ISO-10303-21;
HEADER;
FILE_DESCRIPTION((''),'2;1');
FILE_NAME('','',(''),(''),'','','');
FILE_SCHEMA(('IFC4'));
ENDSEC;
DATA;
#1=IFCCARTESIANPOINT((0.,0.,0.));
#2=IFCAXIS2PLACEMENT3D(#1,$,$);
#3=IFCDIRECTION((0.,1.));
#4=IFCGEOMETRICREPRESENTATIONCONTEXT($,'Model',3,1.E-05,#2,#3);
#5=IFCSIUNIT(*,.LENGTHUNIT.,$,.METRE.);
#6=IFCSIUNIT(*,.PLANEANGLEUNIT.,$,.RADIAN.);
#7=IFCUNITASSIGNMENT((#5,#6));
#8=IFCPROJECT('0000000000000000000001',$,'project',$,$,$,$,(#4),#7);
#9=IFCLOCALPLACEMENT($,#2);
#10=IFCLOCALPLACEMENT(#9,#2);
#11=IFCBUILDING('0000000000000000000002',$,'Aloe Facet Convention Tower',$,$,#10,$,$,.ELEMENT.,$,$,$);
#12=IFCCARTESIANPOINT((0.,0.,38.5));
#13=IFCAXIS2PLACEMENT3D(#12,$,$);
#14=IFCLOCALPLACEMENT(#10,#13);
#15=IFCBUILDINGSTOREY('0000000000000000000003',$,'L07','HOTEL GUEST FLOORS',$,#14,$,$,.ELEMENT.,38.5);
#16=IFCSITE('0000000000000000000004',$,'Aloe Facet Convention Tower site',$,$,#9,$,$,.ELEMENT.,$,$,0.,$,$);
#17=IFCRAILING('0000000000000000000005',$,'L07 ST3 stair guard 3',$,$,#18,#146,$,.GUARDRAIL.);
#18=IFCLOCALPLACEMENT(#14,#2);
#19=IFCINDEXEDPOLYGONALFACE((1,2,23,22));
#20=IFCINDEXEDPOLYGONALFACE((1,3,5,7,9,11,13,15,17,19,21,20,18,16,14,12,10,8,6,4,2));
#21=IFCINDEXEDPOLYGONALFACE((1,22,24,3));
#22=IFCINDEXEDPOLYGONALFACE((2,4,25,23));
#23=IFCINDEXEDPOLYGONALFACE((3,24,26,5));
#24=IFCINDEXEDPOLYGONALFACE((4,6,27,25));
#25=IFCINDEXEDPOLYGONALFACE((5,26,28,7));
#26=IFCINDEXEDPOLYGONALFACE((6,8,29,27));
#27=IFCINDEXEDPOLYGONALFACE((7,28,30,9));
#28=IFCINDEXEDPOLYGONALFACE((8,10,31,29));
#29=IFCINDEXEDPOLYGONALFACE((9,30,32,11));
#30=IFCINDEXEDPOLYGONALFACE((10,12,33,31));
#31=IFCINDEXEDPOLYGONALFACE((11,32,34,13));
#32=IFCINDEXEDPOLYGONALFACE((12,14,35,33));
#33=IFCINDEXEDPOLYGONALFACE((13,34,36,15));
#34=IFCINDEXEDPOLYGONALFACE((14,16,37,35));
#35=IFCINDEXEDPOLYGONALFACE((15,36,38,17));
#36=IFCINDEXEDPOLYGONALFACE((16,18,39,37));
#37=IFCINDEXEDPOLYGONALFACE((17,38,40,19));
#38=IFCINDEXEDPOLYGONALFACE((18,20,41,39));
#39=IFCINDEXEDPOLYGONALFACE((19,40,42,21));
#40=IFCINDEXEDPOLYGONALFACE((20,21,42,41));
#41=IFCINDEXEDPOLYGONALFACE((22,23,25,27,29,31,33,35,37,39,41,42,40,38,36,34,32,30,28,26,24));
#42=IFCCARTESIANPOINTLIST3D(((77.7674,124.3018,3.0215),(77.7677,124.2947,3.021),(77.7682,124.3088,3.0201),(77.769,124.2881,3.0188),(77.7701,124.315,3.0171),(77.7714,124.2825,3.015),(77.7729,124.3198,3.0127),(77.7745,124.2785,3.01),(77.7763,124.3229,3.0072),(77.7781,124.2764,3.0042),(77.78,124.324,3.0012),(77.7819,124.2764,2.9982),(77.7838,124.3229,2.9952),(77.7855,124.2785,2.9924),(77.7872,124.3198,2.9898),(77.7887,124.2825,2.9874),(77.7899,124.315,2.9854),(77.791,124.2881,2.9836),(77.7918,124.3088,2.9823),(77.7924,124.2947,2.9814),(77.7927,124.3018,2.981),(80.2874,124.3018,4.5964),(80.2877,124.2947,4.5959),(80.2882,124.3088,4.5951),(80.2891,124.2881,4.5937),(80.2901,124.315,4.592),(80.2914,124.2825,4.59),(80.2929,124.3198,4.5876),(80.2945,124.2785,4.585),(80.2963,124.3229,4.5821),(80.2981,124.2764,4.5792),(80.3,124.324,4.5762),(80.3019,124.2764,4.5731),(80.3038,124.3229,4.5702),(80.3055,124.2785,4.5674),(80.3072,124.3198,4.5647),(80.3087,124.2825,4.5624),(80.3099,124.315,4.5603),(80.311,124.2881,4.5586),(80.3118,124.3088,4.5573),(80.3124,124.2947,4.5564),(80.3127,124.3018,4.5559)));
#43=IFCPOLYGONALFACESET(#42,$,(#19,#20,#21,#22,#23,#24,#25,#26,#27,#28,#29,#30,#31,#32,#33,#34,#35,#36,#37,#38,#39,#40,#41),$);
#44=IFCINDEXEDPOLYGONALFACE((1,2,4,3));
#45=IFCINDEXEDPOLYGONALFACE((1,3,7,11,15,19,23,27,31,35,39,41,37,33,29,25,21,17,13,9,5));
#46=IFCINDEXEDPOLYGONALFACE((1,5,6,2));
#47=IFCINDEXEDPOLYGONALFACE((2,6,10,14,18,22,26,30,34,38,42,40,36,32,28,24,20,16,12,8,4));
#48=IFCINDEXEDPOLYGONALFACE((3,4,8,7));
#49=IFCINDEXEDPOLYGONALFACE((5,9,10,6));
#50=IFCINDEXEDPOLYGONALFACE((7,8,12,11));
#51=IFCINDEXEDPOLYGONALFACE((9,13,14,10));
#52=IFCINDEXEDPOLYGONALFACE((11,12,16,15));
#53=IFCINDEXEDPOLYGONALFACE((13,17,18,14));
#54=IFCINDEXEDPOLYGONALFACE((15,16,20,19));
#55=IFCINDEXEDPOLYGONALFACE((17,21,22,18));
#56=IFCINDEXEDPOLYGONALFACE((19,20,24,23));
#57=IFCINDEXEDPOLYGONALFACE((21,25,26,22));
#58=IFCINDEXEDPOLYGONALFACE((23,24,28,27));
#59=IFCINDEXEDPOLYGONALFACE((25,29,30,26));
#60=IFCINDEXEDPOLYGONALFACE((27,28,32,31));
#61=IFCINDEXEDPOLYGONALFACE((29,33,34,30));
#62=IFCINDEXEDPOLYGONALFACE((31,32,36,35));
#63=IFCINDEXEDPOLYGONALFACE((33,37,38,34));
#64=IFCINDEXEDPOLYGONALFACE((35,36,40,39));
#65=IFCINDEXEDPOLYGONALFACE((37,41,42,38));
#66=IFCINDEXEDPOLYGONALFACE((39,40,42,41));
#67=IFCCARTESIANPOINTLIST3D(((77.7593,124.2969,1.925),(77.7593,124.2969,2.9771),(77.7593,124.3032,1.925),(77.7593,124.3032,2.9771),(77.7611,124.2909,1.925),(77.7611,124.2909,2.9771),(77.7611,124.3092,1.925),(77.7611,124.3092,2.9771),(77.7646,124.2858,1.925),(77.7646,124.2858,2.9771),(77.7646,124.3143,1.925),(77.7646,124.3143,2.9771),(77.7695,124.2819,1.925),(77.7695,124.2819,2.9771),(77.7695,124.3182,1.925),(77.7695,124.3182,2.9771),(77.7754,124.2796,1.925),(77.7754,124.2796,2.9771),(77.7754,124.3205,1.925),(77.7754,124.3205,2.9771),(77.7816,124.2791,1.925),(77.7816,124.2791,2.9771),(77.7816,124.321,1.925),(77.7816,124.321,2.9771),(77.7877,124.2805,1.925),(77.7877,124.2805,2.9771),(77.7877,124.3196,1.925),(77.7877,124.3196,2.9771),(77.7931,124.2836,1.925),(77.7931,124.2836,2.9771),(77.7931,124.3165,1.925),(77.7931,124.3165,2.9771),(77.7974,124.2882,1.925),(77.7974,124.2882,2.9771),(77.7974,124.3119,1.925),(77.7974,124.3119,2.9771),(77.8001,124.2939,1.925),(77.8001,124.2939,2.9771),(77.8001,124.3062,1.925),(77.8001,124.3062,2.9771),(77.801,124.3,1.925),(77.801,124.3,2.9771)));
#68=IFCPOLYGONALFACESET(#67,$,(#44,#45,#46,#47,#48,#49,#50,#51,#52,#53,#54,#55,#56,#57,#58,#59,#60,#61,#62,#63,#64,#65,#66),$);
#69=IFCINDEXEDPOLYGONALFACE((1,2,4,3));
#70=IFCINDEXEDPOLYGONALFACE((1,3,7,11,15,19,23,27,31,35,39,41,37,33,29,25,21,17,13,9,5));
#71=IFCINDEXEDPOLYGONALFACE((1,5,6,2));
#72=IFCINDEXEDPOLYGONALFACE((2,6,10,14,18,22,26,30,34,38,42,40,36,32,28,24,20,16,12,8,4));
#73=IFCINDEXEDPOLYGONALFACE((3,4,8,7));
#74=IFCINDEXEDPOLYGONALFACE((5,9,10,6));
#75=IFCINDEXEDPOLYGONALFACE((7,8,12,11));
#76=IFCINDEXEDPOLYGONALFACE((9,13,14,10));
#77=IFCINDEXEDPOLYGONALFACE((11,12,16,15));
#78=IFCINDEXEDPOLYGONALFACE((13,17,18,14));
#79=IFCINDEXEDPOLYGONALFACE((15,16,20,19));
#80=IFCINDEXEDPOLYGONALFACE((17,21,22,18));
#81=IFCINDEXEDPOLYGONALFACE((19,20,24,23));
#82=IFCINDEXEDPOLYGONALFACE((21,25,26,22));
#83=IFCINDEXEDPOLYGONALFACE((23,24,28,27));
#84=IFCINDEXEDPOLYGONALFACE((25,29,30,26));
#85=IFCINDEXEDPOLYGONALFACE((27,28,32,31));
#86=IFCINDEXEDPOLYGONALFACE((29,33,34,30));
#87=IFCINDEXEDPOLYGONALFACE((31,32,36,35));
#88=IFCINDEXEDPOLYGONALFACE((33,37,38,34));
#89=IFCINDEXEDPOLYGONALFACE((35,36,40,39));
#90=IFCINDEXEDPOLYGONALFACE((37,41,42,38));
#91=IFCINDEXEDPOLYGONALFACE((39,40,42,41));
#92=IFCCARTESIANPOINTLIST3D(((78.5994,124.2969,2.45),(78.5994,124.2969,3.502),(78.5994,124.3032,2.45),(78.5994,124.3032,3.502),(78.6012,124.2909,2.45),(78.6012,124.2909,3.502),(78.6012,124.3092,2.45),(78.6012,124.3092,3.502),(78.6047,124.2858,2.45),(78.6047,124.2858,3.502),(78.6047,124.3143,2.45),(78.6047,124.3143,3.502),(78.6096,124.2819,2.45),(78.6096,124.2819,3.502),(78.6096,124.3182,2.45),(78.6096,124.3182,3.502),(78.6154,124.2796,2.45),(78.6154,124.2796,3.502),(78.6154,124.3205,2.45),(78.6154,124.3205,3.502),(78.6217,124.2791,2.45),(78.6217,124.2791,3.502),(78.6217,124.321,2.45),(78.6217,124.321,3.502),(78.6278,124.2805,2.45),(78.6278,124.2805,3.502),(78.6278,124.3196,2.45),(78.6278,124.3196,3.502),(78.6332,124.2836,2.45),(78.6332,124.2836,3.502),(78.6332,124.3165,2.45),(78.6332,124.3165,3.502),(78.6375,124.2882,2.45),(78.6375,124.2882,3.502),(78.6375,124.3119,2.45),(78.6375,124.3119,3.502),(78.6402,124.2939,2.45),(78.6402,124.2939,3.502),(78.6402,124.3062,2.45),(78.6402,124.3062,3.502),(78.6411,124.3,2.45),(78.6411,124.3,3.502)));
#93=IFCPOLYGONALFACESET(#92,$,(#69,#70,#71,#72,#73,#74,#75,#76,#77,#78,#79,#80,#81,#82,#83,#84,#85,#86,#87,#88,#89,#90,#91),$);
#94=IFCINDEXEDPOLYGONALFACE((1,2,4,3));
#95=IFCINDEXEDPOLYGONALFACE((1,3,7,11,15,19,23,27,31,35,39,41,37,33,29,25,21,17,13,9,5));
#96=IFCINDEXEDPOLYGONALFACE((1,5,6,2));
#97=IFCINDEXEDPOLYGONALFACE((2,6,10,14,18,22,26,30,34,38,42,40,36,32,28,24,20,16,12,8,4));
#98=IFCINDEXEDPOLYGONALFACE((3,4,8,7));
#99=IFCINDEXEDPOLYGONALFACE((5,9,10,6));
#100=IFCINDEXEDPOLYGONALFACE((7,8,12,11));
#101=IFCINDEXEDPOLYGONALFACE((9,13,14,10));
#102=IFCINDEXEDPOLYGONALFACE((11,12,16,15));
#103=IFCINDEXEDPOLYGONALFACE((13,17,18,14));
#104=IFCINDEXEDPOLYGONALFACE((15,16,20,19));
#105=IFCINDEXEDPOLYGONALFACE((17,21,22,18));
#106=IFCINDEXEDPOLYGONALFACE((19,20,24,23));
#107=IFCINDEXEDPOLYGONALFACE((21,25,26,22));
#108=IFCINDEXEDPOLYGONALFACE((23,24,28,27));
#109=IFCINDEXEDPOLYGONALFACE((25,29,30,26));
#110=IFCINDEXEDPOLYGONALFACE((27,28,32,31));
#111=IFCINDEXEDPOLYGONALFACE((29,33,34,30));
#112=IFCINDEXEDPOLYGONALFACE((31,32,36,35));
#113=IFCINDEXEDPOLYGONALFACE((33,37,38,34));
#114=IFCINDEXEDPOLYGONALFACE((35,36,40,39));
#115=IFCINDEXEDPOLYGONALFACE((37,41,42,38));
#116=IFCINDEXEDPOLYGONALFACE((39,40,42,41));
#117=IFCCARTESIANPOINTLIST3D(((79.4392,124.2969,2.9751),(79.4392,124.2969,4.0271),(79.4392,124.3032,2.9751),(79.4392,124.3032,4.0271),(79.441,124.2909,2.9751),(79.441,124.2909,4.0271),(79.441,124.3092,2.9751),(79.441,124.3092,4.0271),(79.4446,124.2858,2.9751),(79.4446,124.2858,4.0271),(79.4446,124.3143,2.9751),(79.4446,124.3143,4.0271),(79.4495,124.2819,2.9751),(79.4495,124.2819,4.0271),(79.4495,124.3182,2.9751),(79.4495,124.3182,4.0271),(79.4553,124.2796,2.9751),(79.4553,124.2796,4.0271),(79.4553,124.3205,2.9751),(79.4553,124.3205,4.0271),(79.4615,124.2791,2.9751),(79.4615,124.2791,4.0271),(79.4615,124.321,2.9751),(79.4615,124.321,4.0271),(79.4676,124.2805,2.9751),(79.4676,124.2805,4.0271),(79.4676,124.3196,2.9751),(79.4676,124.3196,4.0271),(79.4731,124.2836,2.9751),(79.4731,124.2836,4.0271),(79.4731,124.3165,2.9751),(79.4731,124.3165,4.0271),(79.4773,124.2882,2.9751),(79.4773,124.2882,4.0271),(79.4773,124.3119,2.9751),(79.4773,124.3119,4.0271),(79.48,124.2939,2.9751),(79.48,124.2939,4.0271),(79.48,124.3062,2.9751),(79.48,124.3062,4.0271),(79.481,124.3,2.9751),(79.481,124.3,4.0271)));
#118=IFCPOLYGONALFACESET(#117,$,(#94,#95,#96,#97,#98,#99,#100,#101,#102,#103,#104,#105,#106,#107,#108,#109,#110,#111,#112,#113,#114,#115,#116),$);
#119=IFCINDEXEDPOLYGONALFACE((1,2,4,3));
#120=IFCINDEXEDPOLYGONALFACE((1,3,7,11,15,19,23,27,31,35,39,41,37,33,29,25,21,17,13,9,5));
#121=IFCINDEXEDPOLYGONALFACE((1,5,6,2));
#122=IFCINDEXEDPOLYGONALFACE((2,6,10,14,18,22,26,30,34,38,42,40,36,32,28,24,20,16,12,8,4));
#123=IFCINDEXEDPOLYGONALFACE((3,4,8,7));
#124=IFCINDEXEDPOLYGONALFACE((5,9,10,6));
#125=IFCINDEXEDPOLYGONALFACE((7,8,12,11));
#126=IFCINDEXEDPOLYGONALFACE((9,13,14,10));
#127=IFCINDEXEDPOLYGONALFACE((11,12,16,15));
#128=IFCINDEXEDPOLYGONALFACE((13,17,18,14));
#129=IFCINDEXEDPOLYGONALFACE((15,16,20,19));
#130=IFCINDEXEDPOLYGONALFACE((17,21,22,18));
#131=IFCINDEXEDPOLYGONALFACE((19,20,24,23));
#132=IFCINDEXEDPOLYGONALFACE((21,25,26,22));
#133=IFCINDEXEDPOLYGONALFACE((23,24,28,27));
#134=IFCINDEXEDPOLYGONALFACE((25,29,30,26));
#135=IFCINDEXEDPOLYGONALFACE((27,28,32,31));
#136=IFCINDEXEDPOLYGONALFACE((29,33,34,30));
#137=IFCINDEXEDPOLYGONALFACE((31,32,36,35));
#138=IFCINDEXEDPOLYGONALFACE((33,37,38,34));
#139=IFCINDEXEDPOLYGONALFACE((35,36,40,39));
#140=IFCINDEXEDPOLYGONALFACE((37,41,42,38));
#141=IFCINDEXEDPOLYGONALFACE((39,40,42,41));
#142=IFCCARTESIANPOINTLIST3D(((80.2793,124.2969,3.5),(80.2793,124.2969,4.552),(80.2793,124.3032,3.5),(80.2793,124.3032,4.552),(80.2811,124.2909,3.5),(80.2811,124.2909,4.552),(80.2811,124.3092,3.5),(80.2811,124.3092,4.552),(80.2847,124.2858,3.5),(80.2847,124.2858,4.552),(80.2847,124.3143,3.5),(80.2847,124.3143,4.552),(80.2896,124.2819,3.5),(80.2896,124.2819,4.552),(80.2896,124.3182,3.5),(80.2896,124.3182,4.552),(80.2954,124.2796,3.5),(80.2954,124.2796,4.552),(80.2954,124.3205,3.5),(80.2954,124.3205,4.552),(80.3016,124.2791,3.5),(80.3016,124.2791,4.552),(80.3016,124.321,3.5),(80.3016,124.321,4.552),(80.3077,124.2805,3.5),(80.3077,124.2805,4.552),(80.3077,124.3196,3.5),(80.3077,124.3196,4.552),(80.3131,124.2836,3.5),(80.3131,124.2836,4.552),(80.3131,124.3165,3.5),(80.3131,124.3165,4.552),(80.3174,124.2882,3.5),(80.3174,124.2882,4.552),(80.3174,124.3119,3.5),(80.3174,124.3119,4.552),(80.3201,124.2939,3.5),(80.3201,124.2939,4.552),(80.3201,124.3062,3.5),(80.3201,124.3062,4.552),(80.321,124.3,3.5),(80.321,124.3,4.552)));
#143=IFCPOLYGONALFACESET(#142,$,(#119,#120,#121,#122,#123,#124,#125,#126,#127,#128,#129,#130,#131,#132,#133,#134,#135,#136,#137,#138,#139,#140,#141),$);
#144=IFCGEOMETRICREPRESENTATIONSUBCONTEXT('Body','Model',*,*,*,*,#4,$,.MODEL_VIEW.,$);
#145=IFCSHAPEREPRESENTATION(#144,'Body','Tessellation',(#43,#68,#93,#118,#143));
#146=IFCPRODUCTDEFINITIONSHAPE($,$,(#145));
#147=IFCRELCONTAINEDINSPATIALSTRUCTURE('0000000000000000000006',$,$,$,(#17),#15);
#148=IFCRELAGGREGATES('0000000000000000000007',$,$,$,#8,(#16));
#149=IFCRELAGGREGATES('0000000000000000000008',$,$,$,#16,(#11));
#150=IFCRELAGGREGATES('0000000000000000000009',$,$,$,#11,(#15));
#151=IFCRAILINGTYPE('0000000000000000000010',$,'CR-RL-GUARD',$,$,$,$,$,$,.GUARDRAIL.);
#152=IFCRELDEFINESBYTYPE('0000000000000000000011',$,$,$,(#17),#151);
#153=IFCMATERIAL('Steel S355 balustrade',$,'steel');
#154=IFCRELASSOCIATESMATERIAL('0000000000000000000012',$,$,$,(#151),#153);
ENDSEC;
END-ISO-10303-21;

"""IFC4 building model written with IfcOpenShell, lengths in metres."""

from ifc_helpers import new_model, si_unit, direction, frame, origin, origin_2d, place, context, subcontext, project, spatial, circle, extrude, material, type_object, element, save


model = new_model("IFC4")

# Units and contexts
model_context = context("Model", 3, precision=1e-05, world=origin(), true_north=direction((0.0, 1.0)))
body_context = subcontext(model_context, "Body", "Model", "MODEL_VIEW")
ifc_project = project(units=[si_unit("LENGTHUNIT", "METRE"), si_unit("PLANEANGLEUNIT", "RADIAN")], contexts=[model_context])

# Site, building, storey
site_placement = place(None, origin())
site = spatial("IfcSite", under=ifc_project, at=site_placement, Name="Aloe Facet Convention Tower site", CompositionType="ELEMENT", RefElevation=0.0)
building_placement = place(site_placement, origin())
building = spatial("IfcBuilding", under=site, at=building_placement, Name="Aloe Facet Convention Tower", CompositionType="ELEMENT")
storey_placement = place(building_placement, frame((0.0, 0.0, 38.5)))
storey = spatial("IfcBuildingStorey", under=building, at=storey_placement, Name="L07", Description="HOTEL GUEST FLOORS", CompositionType="ELEMENT", Elevation=38.5)

# Railing
ifc_material_1 = material(Name="Steel S355 balustrade", Category="steel")
railing_type_1 = type_object("IfcRailingType", Name="CR-RL-GUARD", PredefinedType="GUARDRAIL", material=ifc_material_1)
railing_1_placement = place(storey_placement, frame((77.78, 124.3, 1.925)))
element("IfcRailing", 1, at=railing_1_placement, inside=storey, type_object=railing_type_1, Name="L07 ST3 stair guard 3", PredefinedType="GUARDRAIL", context=body_context, shape_type="SweptSolid", body=[
    extrude(circle(Radius=0.0239, at=origin_2d()), frame((0.0, 0.0, 1.0762), z_axis=(0.848008, 0.0, 0.529984), x_axis=(0.0, 1.0, 0.0)), (0.0, 0.0, 1.0), 2.9717),
    extrude(circle(Radius=0.021, at=origin_2d()), origin(), (0.0, 0.0, 1.0), 1.052),
    extrude(circle(Radius=0.021, at=origin_2d()), frame((0.8401, 0.0, 0.5249)), (0.0, 0.0, 1.0), 1.052),
    extrude(circle(Radius=0.021, at=origin_2d()), frame((1.6799, 0.0, 1.05)), (0.0, 0.0, 1.0), 1.052),
    extrude(circle(Radius=0.021, at=origin_2d()), frame((2.52, 0.0, 1.575)), (0.0, 0.0, 1.0), 1.052),
])

save(model, "model.ifc")
